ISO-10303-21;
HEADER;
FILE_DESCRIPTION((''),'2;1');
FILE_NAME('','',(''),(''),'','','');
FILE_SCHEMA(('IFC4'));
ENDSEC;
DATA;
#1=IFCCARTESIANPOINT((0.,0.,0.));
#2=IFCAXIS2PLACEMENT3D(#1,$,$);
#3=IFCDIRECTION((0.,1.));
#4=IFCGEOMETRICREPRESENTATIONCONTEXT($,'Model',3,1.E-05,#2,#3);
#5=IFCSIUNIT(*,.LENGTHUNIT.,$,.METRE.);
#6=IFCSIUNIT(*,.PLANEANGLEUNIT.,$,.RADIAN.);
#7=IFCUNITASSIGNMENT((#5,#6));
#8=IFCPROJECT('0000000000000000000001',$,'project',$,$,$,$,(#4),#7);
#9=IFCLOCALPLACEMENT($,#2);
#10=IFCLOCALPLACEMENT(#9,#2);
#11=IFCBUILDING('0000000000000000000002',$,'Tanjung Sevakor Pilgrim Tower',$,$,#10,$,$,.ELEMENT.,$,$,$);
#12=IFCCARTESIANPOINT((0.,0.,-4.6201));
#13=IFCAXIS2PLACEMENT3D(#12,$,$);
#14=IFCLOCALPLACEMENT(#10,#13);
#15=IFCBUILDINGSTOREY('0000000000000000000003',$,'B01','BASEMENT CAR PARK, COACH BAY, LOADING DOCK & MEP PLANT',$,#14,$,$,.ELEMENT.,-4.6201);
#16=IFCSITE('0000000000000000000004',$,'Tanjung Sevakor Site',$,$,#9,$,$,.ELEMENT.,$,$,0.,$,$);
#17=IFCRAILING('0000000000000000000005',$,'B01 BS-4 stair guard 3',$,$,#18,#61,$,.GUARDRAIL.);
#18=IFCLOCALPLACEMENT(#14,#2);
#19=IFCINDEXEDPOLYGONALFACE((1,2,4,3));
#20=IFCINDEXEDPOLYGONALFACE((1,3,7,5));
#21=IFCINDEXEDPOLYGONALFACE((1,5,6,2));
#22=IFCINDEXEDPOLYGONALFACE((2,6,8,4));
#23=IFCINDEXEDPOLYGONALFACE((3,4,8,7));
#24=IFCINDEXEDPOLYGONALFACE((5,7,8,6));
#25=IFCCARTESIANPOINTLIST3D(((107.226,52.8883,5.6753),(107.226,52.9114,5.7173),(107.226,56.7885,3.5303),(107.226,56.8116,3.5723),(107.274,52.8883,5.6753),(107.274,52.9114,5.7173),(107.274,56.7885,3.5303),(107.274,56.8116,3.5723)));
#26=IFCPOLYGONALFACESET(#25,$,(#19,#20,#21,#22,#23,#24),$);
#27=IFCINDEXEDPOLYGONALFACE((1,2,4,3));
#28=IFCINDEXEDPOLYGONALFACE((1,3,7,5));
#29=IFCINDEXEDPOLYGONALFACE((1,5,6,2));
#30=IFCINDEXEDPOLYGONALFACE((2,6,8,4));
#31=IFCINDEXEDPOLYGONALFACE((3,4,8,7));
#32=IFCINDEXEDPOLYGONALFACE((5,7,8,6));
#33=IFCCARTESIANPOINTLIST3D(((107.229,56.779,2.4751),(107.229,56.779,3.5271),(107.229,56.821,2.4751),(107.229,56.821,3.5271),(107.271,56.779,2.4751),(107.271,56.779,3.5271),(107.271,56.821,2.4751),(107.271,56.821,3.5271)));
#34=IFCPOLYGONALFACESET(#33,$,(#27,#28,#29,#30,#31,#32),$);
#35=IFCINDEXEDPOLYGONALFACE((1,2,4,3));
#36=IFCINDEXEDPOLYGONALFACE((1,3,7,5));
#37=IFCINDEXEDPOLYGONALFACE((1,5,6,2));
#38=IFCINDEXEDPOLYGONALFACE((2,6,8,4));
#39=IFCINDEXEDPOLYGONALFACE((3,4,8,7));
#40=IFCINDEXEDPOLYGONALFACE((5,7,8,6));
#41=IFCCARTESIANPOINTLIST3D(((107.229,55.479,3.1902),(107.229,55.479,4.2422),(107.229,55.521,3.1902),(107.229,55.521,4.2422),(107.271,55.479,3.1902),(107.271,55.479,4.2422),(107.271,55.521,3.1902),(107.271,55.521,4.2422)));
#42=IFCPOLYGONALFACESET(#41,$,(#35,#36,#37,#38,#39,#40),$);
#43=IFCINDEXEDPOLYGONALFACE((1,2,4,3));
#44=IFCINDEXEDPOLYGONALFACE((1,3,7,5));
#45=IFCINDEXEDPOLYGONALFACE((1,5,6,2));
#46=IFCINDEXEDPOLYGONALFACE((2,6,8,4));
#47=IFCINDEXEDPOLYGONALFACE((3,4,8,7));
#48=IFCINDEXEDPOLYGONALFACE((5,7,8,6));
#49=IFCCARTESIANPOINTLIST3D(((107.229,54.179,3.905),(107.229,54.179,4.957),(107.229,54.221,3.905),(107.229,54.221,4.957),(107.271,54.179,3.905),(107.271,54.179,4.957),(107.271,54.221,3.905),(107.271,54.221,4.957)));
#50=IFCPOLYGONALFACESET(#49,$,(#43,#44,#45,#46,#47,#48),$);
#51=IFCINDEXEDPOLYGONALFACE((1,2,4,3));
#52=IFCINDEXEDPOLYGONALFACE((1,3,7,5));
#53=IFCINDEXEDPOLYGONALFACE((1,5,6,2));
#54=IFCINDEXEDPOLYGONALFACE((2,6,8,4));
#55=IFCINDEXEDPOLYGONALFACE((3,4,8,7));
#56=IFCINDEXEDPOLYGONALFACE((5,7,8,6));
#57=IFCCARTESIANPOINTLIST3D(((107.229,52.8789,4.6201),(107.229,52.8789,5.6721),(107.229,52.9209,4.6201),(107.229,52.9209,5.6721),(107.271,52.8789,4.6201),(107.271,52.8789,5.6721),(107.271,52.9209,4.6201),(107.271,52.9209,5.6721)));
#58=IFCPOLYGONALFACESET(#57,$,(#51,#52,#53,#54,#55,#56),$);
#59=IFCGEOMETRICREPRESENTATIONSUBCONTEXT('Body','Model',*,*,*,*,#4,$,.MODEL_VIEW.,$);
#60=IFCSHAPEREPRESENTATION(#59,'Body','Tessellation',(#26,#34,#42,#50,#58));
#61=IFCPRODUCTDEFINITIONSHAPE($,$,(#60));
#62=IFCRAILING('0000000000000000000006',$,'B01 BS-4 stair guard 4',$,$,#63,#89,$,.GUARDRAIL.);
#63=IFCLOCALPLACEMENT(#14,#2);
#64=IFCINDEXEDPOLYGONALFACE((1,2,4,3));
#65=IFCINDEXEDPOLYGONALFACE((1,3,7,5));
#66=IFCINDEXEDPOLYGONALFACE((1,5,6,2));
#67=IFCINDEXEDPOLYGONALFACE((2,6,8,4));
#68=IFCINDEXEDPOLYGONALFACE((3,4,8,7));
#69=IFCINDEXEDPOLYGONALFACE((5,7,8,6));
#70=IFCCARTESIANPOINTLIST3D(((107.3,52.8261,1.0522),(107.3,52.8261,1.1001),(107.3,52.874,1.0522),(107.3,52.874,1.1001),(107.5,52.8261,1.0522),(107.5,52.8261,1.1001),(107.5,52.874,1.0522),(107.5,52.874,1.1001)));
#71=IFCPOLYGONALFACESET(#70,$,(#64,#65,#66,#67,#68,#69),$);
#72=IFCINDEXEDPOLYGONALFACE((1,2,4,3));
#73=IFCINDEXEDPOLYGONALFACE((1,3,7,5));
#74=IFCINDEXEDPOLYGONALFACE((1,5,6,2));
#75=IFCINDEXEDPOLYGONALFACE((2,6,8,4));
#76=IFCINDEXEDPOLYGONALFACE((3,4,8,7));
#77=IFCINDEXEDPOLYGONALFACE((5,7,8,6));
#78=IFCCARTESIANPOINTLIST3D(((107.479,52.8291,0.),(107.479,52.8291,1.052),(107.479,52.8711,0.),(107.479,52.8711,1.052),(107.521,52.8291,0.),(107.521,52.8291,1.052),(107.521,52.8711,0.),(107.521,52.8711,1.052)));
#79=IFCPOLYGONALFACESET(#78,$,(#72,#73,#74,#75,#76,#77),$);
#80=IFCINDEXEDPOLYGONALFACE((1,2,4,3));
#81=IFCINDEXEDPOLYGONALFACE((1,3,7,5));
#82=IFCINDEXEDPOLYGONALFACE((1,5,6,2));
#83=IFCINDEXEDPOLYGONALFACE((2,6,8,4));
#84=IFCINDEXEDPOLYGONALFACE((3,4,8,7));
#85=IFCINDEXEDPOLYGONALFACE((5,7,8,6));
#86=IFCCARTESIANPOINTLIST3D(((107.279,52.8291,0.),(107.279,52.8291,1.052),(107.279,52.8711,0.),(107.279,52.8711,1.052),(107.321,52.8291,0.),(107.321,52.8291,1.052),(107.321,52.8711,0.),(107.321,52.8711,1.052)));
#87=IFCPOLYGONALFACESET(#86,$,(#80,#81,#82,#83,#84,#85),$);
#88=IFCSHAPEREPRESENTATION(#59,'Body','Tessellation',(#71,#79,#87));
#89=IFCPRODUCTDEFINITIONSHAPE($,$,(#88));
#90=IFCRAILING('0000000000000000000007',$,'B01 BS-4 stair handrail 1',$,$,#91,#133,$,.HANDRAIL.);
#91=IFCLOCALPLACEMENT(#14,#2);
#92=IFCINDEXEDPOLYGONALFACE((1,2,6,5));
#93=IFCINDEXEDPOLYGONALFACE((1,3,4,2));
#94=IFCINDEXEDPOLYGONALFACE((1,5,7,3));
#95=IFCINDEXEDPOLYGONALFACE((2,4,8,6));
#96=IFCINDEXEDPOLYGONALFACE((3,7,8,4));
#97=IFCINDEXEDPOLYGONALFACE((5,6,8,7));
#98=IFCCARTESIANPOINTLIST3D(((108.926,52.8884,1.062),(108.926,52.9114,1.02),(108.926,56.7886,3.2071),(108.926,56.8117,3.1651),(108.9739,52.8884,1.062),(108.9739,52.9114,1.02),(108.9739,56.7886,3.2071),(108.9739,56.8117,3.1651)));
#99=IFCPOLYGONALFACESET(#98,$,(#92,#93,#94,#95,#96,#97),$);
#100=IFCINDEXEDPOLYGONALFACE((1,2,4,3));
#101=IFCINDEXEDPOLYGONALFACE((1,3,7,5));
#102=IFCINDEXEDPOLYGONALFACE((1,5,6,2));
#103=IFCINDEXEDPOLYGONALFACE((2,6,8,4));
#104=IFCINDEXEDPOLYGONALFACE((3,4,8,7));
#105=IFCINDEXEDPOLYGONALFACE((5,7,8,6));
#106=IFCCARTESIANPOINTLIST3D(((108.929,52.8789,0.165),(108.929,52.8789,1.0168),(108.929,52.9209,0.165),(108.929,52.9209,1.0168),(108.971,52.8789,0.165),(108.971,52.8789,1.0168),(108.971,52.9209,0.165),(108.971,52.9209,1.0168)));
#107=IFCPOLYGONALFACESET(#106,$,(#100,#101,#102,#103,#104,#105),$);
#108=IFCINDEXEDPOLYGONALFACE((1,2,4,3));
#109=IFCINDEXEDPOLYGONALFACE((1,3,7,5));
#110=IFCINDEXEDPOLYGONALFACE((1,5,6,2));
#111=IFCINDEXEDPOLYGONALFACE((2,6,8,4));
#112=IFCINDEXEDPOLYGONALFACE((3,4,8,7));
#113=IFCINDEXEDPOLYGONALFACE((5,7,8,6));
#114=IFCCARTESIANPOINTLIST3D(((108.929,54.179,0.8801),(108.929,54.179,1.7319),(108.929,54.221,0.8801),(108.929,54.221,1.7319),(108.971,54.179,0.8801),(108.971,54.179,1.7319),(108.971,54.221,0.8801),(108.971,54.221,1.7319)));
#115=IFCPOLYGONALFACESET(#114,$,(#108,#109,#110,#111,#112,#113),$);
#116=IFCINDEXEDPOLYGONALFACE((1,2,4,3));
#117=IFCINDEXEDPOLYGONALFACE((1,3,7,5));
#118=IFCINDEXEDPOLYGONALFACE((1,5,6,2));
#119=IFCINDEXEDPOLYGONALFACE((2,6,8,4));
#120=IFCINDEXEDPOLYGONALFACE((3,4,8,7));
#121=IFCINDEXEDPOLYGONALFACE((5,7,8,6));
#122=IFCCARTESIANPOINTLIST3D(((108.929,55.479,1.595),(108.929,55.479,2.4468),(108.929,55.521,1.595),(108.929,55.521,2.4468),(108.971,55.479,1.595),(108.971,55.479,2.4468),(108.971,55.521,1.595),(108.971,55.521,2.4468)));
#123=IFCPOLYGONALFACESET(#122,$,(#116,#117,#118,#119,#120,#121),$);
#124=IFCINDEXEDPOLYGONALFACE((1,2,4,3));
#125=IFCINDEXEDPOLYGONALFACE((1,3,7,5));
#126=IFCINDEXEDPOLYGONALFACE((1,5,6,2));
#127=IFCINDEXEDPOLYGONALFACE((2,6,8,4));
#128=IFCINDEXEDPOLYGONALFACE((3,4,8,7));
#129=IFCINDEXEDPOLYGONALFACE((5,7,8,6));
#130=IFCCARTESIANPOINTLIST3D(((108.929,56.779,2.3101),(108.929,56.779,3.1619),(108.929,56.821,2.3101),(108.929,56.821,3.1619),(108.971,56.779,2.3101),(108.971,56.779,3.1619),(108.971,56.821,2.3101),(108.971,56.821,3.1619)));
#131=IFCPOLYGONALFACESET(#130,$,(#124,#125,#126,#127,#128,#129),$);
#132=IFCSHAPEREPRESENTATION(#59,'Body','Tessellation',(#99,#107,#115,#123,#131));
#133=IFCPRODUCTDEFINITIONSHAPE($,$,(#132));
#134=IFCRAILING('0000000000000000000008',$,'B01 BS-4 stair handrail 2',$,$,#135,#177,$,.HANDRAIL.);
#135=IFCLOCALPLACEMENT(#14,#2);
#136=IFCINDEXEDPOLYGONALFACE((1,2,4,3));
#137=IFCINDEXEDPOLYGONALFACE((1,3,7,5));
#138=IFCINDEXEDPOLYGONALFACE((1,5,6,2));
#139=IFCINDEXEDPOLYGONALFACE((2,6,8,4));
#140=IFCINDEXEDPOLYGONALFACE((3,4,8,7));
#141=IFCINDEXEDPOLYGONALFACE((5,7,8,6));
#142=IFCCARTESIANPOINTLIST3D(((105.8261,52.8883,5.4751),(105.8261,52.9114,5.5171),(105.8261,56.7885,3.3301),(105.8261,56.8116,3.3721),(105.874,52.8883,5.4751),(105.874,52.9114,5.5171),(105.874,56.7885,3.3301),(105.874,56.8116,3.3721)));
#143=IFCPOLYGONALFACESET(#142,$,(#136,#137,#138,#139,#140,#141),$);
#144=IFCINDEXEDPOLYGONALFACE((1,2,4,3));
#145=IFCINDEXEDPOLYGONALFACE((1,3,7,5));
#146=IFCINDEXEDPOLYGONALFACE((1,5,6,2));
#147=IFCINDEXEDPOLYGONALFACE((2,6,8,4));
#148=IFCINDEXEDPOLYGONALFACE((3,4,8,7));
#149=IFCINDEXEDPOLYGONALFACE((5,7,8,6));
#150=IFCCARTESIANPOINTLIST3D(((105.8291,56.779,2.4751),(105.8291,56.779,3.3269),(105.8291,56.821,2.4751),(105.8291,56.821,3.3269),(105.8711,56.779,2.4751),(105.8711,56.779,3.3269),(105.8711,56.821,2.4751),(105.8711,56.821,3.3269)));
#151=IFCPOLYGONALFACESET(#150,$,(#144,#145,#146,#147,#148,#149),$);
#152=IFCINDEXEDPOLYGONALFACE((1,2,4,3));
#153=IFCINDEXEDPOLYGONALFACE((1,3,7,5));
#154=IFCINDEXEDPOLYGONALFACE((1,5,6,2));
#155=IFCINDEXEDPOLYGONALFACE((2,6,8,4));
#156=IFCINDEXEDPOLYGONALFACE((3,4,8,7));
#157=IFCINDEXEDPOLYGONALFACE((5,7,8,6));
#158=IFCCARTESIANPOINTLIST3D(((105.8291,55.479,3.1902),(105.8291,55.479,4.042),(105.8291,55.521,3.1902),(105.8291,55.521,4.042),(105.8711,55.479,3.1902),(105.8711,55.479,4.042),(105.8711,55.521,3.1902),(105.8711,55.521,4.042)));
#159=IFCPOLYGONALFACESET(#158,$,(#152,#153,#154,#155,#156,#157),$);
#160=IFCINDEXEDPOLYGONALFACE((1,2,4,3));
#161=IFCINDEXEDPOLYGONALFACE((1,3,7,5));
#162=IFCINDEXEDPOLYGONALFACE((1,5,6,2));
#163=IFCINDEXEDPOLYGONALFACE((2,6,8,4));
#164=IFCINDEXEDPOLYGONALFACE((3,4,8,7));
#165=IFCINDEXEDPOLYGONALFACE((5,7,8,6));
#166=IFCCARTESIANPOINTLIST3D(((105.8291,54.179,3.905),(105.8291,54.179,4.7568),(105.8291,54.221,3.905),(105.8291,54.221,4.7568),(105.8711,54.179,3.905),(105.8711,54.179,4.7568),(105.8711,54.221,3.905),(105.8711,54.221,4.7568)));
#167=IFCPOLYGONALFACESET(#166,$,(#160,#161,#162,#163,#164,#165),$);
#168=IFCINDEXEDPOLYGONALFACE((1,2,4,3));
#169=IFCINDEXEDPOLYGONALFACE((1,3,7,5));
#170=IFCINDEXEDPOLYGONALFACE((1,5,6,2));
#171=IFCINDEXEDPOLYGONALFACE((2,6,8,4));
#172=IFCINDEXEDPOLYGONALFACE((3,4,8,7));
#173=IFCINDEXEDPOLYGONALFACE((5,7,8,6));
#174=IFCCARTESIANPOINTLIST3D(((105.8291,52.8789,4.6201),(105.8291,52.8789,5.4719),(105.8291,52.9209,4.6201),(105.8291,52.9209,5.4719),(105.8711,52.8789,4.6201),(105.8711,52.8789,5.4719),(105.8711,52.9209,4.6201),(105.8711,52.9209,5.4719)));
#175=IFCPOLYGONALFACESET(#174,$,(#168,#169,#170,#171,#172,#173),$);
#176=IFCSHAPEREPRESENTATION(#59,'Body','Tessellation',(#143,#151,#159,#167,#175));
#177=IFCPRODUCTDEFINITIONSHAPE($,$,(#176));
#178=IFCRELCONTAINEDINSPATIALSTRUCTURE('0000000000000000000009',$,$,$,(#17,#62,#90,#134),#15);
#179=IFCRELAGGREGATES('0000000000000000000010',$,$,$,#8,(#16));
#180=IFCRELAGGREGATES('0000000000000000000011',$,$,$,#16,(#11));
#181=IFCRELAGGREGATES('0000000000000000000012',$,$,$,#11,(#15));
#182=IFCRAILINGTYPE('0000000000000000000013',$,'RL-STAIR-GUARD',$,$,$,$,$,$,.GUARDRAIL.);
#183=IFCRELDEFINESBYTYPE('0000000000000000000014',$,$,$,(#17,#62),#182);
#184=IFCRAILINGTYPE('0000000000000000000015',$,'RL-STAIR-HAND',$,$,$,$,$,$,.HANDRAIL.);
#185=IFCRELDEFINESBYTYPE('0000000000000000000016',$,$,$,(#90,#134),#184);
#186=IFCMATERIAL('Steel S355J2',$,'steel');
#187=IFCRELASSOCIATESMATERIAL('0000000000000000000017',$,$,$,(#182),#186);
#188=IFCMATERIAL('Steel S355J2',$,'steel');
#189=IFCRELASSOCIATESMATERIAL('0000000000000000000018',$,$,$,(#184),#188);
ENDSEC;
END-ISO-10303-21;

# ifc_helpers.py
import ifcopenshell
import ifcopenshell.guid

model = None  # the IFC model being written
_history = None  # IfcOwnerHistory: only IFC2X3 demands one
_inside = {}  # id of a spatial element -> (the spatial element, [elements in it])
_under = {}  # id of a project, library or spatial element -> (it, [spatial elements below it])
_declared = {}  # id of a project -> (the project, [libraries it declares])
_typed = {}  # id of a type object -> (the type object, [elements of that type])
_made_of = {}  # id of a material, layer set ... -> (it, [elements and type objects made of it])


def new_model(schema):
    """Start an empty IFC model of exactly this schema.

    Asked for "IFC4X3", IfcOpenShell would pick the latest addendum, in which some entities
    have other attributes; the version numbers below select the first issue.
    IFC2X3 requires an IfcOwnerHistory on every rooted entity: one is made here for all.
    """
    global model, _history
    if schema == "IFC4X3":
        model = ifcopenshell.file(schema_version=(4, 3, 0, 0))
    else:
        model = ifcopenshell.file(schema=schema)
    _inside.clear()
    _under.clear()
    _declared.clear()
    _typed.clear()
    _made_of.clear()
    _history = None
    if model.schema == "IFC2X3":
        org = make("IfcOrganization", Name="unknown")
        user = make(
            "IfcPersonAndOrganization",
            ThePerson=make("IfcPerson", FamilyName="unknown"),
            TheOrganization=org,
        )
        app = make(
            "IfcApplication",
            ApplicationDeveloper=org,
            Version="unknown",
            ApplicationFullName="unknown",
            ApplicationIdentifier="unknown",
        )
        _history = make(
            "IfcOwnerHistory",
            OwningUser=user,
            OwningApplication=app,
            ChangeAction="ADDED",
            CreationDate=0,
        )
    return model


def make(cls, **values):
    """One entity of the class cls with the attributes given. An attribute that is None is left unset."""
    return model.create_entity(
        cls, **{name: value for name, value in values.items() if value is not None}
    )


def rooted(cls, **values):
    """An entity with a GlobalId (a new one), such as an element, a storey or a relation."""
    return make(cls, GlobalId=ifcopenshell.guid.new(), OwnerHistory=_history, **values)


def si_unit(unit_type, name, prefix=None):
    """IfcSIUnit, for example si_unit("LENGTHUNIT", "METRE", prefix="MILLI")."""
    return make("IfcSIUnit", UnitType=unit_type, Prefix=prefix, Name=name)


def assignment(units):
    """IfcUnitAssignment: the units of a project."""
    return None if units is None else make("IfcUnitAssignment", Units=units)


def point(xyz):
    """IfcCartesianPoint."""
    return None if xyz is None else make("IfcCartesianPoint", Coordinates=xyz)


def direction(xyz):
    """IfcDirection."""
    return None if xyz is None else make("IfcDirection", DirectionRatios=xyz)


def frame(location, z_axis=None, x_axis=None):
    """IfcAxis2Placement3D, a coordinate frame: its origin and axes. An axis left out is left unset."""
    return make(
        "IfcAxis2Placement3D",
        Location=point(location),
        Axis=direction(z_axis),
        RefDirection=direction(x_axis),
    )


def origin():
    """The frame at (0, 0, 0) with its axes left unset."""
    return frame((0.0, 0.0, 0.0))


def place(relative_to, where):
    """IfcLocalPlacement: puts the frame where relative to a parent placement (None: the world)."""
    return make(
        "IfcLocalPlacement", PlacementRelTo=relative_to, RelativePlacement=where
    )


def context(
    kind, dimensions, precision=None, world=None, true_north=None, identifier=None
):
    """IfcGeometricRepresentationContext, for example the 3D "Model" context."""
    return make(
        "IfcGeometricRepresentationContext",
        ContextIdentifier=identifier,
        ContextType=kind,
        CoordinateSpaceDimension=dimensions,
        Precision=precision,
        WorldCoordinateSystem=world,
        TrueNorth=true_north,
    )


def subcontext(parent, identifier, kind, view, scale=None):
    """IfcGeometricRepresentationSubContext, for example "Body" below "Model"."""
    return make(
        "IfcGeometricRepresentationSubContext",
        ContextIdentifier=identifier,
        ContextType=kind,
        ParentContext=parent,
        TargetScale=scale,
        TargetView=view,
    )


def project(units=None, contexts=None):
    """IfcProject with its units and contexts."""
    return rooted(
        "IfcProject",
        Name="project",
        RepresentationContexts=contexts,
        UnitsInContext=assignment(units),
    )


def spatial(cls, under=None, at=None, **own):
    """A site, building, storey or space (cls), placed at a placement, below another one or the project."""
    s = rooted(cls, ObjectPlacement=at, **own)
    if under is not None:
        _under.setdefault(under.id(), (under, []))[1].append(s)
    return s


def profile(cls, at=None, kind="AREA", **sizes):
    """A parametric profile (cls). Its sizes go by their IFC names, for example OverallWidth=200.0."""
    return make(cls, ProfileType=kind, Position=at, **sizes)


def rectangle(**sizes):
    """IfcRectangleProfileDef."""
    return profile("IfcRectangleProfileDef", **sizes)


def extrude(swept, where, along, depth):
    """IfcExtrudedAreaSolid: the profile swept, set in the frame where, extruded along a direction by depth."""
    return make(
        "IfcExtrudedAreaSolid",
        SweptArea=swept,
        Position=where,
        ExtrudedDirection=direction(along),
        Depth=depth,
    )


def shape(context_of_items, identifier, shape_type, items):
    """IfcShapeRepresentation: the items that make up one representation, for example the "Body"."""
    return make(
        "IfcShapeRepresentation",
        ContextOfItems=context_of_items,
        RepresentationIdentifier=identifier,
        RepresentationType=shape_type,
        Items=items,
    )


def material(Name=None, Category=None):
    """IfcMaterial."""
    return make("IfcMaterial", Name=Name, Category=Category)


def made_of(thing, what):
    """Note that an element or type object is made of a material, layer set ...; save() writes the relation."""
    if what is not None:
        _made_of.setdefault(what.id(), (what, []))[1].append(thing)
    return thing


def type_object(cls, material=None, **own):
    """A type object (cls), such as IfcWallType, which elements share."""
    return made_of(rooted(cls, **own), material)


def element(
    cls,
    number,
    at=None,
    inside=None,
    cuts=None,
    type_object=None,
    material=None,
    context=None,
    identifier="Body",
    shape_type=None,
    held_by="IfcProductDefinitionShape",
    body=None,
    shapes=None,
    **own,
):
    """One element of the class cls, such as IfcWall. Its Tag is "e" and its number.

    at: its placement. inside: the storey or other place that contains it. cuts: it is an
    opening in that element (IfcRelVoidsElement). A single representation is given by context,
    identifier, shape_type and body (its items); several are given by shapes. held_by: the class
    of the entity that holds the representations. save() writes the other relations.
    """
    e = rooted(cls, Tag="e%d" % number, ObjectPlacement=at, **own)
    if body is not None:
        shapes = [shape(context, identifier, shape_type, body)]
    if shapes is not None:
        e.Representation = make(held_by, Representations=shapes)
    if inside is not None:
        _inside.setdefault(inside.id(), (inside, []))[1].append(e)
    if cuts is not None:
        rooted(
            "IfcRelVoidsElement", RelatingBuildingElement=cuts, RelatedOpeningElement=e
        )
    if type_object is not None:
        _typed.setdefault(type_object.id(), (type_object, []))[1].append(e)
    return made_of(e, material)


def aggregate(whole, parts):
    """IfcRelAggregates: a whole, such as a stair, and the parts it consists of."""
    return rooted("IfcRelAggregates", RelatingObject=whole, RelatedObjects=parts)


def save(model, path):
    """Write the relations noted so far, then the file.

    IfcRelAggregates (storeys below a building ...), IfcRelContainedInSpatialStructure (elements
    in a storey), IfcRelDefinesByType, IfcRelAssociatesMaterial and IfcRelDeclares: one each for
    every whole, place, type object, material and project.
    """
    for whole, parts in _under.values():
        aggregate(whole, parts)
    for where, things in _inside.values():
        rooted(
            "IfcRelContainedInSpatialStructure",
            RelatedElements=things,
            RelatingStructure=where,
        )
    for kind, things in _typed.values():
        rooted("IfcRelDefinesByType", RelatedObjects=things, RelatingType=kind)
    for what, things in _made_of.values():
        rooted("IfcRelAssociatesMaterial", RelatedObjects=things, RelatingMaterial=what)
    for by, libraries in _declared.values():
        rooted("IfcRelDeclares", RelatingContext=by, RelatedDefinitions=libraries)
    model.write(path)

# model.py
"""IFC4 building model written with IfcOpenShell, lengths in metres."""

from ifc_helpers import new_model, si_unit, direction, frame, origin, place, context, subcontext, project, spatial, rectangle, extrude, material, type_object, element, save


model = new_model("IFC4")

# Units and contexts
model_context = context("Model", 3, precision=1e-05, world=origin(), true_north=direction((0.0, 1.0)))
body_context = subcontext(model_context, "Body", "Model", "MODEL_VIEW")
ifc_project = project(units=[si_unit("LENGTHUNIT", "METRE"), si_unit("PLANEANGLEUNIT", "RADIAN")], contexts=[model_context])

# Site, building, storey
site_placement = place(None, origin())
site = spatial("IfcSite", under=ifc_project, at=site_placement, Name="Tanjung Sevakor Site", CompositionType="ELEMENT", RefElevation=0.0)
building_placement = place(site_placement, origin())
building = spatial("IfcBuilding", under=site, at=building_placement, Name="Tanjung Sevakor Pilgrim Tower", CompositionType="ELEMENT")
storey_placement = place(building_placement, frame((0.0, 0.0, -4.6201)))
storey = spatial("IfcBuildingStorey", under=building, at=storey_placement, Name="B01", Description="BASEMENT CAR PARK, COACH BAY, LOADING DOCK & MEP PLANT", CompositionType="ELEMENT", Elevation=-4.6201)

# Railings
ifc_material_1 = material(Name="Steel S355J2", Category="steel")
railing_type_1 = type_object("IfcRailingType", Name="RL-STAIR-GUARD", PredefinedType="GUARDRAIL", material=ifc_material_1)
railing_1_placement = place(storey_placement, frame((107.25, 56.8, 2.4751)))
element("IfcRailing", 1, at=railing_1_placement, inside=storey, type_object=railing_type_1, Name="B01 BS-4 stair guard 3", PredefinedType="GUARDRAIL", context=body_context, shape_type="SweptSolid", body=[
    extrude(rectangle(XDim=0.0479, YDim=0.0479), frame((0.0, 0.0, 1.0762), z_axis=(0.0, -0.876222, 0.481908), x_axis=(1.0, 0.0, 0.0)), (0.0, 0.0, 1.0), 4.4512),
    extrude(rectangle(XDim=0.042, YDim=0.042), origin(), (0.0, 0.0, 1.0), 1.052),
    extrude(rectangle(XDim=0.042, YDim=0.042), frame((0.0, -1.3, 0.7151)), (0.0, 0.0, 1.0), 1.052),
    extrude(rectangle(XDim=0.042, YDim=0.042), frame((0.0, -2.6001, 1.4299)), (0.0, 0.0, 1.0), 1.052),
    extrude(rectangle(XDim=0.042, YDim=0.042), frame((0.0, -3.9001, 2.145)), (0.0, 0.0, 1.0), 1.052),
])
railing_2_placement = place(storey_placement, frame((107.5, 52.8501, 0.0)))
element("IfcRailing", 2, at=railing_2_placement, inside=storey, type_object=railing_type_1, Name="B01 BS-4 stair guard 4", PredefinedType="GUARDRAIL", context=body_context, shape_type="SweptSolid", body=[
    extrude(rectangle(XDim=0.0479, YDim=0.0479), frame((0.0, 0.0, 1.0762), z_axis=(-1.0, 0.0, 0.0), x_axis=(0.0, -1.0, 0.0)), (0.0, 0.0, 1.0), 0.2),
    extrude(rectangle(XDim=0.042, YDim=0.042), origin(), (0.0, 0.0, 1.0), 1.052),
    extrude(rectangle(XDim=0.042, YDim=0.042), frame((-0.2, 0.0, 0.0)), (0.0, 0.0, 1.0), 1.052),
])
ifc_material_2 = material(Name="Steel S355J2", Category="steel")
railing_type_2 = type_object("IfcRailingType", Name="RL-STAIR-HAND", PredefinedType="HANDRAIL", material=ifc_material_2)
railing_3_placement = place(storey_placement, frame((108.95, 52.8999, 0.165)))
element("IfcRailing", 3, at=railing_3_placement, inside=storey, type_object=railing_type_2, Name="B01 BS-4 stair handrail 1", PredefinedType="HANDRAIL", context=body_context, shape_type="SweptSolid", body=[
    extrude(rectangle(XDim=0.0479, YDim=0.0479), frame((0.0, 0.0, 0.876), z_axis=(0.0, 0.876222, 0.481908), x_axis=(-1.0, 0.0, 0.0)), (0.0, 0.0, 1.0), 4.4512),
    extrude(rectangle(XDim=0.042, YDim=0.042), origin(), (0.0, 0.0, 1.0), 0.8518),
    extrude(rectangle(XDim=0.042, YDim=0.042), frame((0.0, 1.3, 0.7151)), (0.0, 0.0, 1.0), 0.8518),
    extrude(rectangle(XDim=0.042, YDim=0.042), frame((0.0, 2.6001, 1.4299)), (0.0, 0.0, 1.0), 0.8518),
    extrude(rectangle(XDim=0.042, YDim=0.042), frame((0.0, 3.9001, 2.145)), (0.0, 0.0, 1.0), 0.8518),
])
railing_4_placement = place(storey_placement, frame((105.8501, 56.8, 2.4751)))
element("IfcRailing", 4, at=railing_4_placement, inside=storey, type_object=railing_type_2, Name="B01 BS-4 stair handrail 2", PredefinedType="HANDRAIL", context=body_context, shape_type="SweptSolid", body=[
    extrude(rectangle(XDim=0.0479, YDim=0.0479), frame((0.0, 0.0, 0.876), z_axis=(0.0, -0.876222, 0.481908), x_axis=(1.0, 0.0, 0.0)), (0.0, 0.0, 1.0), 4.4512),
    extrude(rectangle(XDim=0.042, YDim=0.042), origin(), (0.0, 0.0, 1.0), 0.8518),
    extrude(rectangle(XDim=0.042, YDim=0.042), frame((0.0, -1.3, 0.7151)), (0.0, 0.0, 1.0), 0.8518),
    extrude(rectangle(XDim=0.042, YDim=0.042), frame((0.0, -2.6001, 1.4299)), (0.0, 0.0, 1.0), 0.8518),
    extrude(rectangle(XDim=0.042, YDim=0.042), frame((0.0, -3.9001, 2.145)), (0.0, 0.0, 1.0), 0.8518),
])

save(model, "model.ifc")
